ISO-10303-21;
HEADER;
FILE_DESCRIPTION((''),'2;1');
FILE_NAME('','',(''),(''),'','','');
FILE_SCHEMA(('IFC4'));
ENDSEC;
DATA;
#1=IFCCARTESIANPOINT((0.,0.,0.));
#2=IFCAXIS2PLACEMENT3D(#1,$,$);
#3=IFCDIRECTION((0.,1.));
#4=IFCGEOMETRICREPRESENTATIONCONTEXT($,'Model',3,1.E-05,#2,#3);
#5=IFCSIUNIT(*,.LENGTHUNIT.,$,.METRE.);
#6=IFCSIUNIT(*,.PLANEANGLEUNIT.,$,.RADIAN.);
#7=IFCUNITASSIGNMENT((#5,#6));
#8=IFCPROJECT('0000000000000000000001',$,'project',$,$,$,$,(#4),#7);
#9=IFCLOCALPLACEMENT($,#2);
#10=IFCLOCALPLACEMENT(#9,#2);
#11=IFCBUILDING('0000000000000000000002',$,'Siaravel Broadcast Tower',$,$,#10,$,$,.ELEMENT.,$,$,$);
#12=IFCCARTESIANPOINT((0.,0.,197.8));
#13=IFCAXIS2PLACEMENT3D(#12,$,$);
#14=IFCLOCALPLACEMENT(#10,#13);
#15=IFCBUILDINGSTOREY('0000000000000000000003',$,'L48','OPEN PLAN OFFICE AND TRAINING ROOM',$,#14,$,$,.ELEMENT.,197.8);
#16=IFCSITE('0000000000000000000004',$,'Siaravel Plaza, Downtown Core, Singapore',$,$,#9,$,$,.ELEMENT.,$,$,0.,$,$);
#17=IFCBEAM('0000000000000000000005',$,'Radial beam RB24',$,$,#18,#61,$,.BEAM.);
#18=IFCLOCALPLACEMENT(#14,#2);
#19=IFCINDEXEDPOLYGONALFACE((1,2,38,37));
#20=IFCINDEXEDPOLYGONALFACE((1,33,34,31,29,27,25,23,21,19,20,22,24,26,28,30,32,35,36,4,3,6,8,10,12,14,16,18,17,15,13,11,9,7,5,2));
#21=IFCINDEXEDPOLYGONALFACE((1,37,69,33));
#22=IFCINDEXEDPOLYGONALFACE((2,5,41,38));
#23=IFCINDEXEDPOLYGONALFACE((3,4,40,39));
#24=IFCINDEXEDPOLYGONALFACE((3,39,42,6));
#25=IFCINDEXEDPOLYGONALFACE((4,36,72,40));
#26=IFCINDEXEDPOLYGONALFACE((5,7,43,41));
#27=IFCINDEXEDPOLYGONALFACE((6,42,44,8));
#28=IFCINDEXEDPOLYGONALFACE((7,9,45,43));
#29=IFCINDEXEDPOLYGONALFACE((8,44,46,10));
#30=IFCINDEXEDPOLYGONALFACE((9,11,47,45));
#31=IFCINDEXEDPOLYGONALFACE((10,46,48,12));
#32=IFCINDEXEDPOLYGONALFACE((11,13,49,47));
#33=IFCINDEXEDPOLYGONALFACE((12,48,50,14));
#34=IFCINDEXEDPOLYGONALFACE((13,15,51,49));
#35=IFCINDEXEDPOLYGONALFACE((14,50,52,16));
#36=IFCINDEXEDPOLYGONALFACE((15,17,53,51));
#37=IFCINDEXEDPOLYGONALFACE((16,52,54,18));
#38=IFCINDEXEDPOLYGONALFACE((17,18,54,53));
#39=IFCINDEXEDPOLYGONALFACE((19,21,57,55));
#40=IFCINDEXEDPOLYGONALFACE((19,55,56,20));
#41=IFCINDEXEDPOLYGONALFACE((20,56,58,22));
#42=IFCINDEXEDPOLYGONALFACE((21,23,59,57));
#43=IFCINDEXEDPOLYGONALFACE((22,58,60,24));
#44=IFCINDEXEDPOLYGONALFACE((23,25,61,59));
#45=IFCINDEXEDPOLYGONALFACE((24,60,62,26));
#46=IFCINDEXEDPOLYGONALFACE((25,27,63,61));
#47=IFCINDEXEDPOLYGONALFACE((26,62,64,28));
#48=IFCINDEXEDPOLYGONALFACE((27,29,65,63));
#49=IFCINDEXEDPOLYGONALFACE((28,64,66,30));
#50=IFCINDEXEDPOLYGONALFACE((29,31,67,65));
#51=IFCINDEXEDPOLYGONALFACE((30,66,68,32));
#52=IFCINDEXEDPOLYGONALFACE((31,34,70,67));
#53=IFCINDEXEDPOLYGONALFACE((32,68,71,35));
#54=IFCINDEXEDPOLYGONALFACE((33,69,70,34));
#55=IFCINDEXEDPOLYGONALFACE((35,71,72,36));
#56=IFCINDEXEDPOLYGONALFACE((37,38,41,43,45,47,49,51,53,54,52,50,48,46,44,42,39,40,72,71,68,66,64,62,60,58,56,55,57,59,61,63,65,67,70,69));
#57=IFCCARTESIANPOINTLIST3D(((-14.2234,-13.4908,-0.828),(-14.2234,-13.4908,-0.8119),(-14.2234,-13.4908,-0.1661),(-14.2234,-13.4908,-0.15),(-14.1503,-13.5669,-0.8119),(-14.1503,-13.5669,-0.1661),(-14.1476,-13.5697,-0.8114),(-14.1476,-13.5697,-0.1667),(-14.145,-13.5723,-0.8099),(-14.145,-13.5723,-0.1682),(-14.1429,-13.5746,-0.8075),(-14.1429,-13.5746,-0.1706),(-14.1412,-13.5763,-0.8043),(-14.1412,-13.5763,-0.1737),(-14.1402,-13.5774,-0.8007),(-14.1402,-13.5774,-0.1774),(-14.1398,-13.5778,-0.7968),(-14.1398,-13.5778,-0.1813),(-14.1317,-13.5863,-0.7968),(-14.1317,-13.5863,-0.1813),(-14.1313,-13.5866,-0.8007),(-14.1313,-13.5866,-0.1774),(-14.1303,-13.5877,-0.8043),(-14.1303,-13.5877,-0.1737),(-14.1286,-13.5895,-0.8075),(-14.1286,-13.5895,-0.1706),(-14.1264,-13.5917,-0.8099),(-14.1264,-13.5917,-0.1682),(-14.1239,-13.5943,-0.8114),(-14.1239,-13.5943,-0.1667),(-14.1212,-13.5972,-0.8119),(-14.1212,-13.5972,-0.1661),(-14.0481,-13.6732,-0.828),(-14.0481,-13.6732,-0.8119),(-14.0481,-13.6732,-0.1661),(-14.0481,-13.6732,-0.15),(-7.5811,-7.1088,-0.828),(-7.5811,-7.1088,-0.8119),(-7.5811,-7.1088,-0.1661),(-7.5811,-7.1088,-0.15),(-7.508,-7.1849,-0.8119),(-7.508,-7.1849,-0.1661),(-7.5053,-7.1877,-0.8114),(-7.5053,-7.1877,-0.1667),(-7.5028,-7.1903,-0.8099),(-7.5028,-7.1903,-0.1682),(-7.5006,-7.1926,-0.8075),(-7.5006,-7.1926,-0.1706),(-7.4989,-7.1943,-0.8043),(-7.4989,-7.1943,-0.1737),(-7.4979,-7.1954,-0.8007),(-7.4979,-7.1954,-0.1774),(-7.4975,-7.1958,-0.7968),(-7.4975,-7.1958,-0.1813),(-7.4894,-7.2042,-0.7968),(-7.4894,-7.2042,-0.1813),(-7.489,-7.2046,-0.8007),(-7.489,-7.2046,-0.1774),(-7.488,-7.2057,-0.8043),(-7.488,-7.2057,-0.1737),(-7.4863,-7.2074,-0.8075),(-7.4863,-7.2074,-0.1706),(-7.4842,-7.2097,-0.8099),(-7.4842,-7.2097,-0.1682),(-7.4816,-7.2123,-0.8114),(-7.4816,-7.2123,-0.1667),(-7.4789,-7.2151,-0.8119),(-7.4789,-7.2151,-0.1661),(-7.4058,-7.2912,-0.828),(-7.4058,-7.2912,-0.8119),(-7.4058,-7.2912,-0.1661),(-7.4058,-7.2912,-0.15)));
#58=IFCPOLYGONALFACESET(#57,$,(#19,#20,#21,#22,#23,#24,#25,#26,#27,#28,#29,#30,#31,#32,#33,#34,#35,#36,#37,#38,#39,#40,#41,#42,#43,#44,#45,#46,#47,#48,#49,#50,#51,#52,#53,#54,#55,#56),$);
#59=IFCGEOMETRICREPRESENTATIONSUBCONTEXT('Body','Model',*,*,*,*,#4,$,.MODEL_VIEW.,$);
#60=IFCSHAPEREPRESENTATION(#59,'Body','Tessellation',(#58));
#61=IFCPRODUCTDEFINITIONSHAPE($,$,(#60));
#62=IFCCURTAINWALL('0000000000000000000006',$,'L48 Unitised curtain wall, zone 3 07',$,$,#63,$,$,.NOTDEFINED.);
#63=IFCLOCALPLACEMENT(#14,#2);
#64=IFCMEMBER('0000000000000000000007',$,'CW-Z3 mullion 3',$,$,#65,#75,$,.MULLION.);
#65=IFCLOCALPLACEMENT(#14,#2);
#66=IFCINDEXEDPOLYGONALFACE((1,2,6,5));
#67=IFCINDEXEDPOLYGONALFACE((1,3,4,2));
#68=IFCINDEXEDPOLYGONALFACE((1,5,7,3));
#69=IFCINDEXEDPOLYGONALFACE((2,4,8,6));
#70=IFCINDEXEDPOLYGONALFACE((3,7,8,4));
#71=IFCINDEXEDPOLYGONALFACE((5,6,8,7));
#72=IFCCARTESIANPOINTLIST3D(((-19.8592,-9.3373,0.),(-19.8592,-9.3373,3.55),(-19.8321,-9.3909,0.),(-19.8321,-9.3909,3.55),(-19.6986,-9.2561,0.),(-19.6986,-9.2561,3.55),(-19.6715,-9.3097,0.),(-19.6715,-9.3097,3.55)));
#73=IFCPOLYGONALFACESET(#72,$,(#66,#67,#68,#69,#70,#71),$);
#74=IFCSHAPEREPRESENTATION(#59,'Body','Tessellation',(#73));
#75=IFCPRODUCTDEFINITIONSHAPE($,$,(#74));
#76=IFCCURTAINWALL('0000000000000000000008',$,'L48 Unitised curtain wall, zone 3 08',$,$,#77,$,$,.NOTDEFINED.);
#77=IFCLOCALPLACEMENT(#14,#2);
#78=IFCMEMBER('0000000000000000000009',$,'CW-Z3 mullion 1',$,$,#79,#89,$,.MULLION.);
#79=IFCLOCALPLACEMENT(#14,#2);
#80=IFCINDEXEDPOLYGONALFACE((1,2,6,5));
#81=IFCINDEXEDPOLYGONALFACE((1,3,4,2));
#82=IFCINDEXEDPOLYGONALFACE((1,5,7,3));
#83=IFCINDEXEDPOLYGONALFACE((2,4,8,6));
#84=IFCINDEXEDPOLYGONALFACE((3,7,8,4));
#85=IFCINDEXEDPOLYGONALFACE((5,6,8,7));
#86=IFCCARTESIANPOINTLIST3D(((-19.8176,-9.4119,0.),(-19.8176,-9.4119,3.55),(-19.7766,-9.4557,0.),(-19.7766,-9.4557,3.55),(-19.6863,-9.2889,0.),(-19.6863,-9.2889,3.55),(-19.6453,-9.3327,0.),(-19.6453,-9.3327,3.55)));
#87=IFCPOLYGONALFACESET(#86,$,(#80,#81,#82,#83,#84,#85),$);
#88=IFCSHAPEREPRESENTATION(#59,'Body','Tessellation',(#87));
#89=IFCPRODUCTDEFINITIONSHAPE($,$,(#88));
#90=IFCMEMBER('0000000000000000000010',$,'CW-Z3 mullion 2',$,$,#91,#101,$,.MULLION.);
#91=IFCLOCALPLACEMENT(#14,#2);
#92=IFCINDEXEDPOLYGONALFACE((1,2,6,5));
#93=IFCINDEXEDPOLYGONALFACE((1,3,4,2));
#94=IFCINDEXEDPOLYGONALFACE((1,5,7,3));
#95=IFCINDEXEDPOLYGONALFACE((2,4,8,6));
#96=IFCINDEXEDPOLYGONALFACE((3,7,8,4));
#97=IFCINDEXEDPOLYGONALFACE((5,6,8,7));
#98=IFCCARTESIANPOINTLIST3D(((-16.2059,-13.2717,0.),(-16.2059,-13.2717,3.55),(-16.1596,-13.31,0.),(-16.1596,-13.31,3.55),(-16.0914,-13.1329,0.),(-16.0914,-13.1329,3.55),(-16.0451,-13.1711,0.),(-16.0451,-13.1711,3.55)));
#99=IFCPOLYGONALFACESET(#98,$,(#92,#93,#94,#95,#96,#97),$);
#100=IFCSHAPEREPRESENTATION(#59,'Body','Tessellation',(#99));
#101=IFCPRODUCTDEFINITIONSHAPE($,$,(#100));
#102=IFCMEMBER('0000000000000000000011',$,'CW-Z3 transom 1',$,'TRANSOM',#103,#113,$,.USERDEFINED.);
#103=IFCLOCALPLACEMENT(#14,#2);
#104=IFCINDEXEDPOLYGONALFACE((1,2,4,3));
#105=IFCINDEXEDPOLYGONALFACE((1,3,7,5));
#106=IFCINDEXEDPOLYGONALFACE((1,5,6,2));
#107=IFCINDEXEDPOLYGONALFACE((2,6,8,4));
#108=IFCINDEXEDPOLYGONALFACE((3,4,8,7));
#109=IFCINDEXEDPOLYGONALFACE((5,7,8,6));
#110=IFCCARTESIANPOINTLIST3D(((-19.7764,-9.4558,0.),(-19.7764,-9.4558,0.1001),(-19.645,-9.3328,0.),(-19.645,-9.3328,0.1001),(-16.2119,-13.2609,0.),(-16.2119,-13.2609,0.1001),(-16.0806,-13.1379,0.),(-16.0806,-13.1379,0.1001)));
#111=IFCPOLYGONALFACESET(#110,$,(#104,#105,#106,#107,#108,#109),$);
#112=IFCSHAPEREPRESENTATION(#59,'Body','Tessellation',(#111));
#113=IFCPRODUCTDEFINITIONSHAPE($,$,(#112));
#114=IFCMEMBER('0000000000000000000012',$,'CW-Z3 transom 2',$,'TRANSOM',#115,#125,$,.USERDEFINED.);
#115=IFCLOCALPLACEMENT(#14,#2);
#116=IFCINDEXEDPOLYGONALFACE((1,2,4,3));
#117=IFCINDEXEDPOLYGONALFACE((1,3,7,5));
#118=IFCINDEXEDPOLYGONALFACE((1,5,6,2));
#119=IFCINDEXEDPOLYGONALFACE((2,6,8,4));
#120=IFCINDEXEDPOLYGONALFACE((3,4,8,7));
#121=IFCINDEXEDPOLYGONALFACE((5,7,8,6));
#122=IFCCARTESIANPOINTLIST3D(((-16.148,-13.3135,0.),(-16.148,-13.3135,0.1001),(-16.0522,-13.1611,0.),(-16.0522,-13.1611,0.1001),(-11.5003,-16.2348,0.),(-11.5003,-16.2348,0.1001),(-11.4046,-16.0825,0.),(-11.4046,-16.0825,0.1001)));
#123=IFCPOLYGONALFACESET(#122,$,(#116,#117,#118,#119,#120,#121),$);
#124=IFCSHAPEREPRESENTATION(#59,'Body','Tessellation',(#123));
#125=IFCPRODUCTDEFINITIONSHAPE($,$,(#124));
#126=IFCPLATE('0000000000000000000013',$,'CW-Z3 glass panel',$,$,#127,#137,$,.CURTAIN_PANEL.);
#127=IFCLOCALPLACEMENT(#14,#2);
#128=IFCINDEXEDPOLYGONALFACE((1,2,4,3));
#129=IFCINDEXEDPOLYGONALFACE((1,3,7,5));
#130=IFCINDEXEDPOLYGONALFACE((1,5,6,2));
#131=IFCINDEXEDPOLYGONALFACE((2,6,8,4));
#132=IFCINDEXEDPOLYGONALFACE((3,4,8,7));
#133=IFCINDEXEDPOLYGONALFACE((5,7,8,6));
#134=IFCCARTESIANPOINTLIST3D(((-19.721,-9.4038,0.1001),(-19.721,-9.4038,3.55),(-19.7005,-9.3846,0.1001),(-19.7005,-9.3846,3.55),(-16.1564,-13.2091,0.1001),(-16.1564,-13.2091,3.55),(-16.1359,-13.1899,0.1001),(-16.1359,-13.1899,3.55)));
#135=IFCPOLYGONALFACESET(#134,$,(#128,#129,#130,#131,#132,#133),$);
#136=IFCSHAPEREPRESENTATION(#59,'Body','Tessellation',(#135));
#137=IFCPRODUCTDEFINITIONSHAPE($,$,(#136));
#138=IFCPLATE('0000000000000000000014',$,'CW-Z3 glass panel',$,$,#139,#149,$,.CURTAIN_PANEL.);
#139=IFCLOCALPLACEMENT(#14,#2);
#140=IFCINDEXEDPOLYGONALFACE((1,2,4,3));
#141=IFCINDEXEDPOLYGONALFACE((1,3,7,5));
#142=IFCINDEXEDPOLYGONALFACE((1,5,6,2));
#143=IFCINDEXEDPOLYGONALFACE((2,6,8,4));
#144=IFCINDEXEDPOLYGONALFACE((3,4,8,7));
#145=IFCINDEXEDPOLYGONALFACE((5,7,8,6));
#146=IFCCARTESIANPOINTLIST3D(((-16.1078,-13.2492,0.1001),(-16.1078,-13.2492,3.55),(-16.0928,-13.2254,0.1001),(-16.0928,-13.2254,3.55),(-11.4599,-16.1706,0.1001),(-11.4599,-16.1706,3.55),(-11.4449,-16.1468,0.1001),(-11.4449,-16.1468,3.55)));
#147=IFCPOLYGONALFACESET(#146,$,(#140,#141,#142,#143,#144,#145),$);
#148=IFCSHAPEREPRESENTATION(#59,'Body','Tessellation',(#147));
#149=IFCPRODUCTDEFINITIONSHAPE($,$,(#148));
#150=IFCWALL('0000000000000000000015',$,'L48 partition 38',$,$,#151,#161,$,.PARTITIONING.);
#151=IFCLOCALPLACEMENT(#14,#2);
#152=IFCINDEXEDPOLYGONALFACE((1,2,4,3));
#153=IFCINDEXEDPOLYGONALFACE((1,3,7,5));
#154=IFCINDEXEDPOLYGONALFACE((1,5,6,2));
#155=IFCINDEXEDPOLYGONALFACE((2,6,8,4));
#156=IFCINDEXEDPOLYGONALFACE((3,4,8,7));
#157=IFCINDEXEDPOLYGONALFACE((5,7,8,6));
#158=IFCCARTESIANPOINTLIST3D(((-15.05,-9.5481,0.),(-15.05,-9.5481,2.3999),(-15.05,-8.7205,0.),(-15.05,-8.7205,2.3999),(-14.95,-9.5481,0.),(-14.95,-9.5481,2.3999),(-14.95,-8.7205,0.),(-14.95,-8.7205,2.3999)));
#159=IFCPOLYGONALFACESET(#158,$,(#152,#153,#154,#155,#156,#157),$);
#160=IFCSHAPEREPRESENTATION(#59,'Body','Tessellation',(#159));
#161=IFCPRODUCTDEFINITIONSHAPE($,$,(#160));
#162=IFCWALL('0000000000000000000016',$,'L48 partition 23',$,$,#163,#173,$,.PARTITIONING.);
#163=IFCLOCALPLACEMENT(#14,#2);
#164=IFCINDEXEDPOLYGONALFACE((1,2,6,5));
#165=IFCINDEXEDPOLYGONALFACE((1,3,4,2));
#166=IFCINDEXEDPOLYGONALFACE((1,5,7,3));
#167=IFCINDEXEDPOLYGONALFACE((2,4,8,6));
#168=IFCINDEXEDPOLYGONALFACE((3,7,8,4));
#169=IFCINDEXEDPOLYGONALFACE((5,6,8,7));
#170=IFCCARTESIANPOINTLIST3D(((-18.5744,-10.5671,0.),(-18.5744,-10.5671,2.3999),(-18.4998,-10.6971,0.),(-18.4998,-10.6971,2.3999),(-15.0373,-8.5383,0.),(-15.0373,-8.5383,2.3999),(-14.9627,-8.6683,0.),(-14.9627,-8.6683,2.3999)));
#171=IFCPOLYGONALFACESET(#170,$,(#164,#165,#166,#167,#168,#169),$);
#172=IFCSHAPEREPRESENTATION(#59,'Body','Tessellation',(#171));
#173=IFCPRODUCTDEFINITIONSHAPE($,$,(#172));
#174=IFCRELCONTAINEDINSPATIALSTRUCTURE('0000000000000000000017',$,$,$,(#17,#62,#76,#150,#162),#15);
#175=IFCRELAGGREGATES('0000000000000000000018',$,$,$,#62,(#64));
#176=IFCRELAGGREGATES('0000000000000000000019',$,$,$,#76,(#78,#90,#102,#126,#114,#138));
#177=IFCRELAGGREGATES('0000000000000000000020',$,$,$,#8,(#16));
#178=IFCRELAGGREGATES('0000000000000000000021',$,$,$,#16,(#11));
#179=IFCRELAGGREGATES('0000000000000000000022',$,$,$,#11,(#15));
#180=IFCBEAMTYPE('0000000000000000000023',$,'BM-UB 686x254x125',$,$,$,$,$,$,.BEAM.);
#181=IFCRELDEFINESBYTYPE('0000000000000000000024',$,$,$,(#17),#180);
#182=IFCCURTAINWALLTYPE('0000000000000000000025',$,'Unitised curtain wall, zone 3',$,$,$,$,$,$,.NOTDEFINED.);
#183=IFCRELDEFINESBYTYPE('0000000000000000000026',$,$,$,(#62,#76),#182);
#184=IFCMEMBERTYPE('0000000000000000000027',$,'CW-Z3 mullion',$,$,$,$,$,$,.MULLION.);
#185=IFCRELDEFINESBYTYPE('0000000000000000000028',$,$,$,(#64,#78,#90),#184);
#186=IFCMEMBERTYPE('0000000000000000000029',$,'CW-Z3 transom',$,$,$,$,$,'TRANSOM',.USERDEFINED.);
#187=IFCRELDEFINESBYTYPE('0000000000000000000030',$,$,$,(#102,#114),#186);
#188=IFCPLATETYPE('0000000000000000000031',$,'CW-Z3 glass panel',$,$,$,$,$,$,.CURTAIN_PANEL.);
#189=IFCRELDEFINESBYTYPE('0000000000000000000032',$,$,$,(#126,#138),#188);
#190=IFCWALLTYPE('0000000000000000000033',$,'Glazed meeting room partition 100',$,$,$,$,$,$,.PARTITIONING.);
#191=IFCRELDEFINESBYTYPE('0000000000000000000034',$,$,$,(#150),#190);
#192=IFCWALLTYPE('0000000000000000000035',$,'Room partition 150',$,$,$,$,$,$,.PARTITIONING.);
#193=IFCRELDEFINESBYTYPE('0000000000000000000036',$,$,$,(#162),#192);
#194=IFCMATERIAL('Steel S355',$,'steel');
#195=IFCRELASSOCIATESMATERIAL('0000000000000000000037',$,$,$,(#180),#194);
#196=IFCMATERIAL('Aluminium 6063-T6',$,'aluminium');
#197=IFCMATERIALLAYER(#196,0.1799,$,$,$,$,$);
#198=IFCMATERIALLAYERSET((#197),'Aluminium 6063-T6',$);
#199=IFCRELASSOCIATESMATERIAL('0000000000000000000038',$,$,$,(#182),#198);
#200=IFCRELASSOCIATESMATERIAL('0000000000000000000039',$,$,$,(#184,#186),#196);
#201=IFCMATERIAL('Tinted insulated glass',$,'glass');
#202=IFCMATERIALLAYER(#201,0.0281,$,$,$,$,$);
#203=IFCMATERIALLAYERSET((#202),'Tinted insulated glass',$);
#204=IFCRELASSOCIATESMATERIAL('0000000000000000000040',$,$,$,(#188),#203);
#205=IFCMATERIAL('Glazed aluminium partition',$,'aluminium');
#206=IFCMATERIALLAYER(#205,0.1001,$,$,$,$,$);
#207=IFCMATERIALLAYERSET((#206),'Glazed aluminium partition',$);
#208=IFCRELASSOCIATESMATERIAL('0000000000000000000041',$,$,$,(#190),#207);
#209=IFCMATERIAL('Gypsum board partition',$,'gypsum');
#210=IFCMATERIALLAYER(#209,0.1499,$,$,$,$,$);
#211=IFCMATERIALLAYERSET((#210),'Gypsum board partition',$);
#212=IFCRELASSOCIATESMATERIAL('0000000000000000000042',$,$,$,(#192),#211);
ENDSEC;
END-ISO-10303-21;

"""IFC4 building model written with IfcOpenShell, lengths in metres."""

from ifc_helpers import new_model, si_unit, direction, frame, frame_2d, origin, origin_2d, place, context, subcontext, project, spatial, rectangle, i_section, extrude, material, layer, layer_set, material_profile, profile_set, type_object, element, aggregate, save


model = new_model("IFC4")

# Units and contexts
model_context = context("Model", 3, precision=1e-05, world=origin(), true_north=direction((0.0, 1.0)))
body_context = subcontext(model_context, "Body", "Model", "MODEL_VIEW")
ifc_project = project(units=[si_unit("LENGTHUNIT", "METRE"), si_unit("PLANEANGLEUNIT", "RADIAN")], contexts=[model_context])

# Site, building, storey
site_placement = place(None, origin())
site = spatial("IfcSite", under=ifc_project, at=site_placement, Name="Siaravel Plaza, Downtown Core, Singapore", CompositionType="ELEMENT", RefElevation=0.0)
building_placement = place(site_placement, origin())
building = spatial("IfcBuilding", under=site, at=building_placement, Name="Siaravel Broadcast Tower", CompositionType="ELEMENT")
storey_placement = place(building_placement, frame((0.0, 0.0, 197.8)))
storey = spatial("IfcBuildingStorey", under=building, at=storey_placement, Name="L48", Description="OPEN PLAN OFFICE AND TRAINING ROOM", CompositionType="ELEMENT", Elevation=197.8)

# Beam
ifc_material_1 = material(Name="Steel S355", Category="steel")
ifc_material_profile_1 = material_profile(ifc_material_1, i_section(OverallWidth=0.2529, OverallDepth=0.678, WebThickness=0.0117, FlangeThickness=0.0161, FilletRadius=0.0151, at=origin_2d()))
ifc_profile_set_1 = profile_set([ifc_material_profile_1], Name="Steel S355")
beam_type = type_object("IfcBeamType", Name="BM-UB 686x254x125", PredefinedType="BEAM", material=ifc_profile_set_1)
beam_1_placement = place(storey_placement, frame((-14.1357, -13.582, -0.489), z_axis=(0.721092, 0.692839, 0.0), x_axis=(-0.692839, 0.721092, 0.0)))
element("IfcBeam", 1, at=beam_1_placement, inside=storey, type_object=beam_type, Name="Radial beam RB24", PredefinedType="BEAM", context=body_context, shape_type="SweptSolid", body=[
    extrude(i_section(OverallWidth=0.2529, OverallDepth=0.678, WebThickness=0.0117, FlangeThickness=0.0161, FilletRadius=0.0151, at=origin_2d()), origin(), (0.0, 0.0, 1.0), 9.2114),
])

# Curtain wall, member
ifc_material_2 = material(Name="Aluminium 6063-T6", Category="aluminium")
ifc_layer_1 = layer(ifc_material_2, 0.1799)
ifc_layer_set_1 = layer_set([ifc_layer_1], Name="Aluminium 6063-T6")
curtain_wall_type = type_object("IfcCurtainWallType", Name="Unitised curtain wall, zone 3", PredefinedType="NOTDEFINED", material=ifc_layer_set_1)
curtain_wall_1_placement = place(storey_placement, origin())
curtain_wall_1 = element("IfcCurtainWall", 2, at=curtain_wall_1_placement, inside=storey, type_object=curtain_wall_type, Name="L48 Unitised curtain wall, zone 3 07", PredefinedType="NOTDEFINED")
ifc_material_profile_2 = material_profile(ifc_material_2, rectangle(XDim=0.1799, YDim=0.0601, at=origin_2d()))
ifc_profile_set_2 = profile_set([ifc_material_profile_2], Name="Aluminium 6063-T6")
member_type_1 = type_object("IfcMemberType", Name="CW-Z3 mullion", PredefinedType="MULLION", material=ifc_profile_set_2)
member_1_placement = place(storey_placement, frame((-19.7654, -9.3235, 0.0), z_axis=(0.0, 0.0, 1.0), x_axis=(0.892392, 0.451261, 0.0)))
member_1 = element("IfcMember", 3, at=member_1_placement, type_object=member_type_1, Name="CW-Z3 mullion 3", PredefinedType="MULLION", context=body_context, shape_type="SweptSolid", body=[
    extrude(rectangle(XDim=0.1799, YDim=0.0601, at=origin_2d()), origin(), (0.0, 0.0, 1.0), 3.55),
])
aggregate(curtain_wall_1, [member_1])

# Curtain wall, members, plates
curtain_wall_2_placement = place(storey_placement, origin())
curtain_wall_2 = element("IfcCurtainWall", 4, at=curtain_wall_2_placement, inside=storey, type_object=curtain_wall_type, Name="L48 Unitised curtain wall, zone 3 08", PredefinedType="NOTDEFINED")
member_2_placement = place(storey_placement, frame((-19.7314, -9.3723, 0.0), z_axis=(0.0, 0.0, 1.0), x_axis=(0.729805, 0.683655, 0.0)))
member_2 = element("IfcMember", 5, at=member_2_placement, type_object=member_type_1, Name="CW-Z3 mullion 1", PredefinedType="MULLION", context=body_context, shape_type="SweptSolid", body=[
    extrude(rectangle(XDim=0.1799, YDim=0.0601, at=origin_2d()), origin(), (0.0, 0.0, 1.0), 3.55),
])
member_3_placement = place(storey_placement, frame((-16.1255, -13.2214, 0.0), z_axis=(0.0, 0.0, 1.0), x_axis=(0.636219, 0.771509, 0.0)))
member_3 = element("IfcMember", 6, at=member_3_placement, type_object=member_type_1, Name="CW-Z3 mullion 2", PredefinedType="MULLION", context=body_context, shape_type="SweptSolid", body=[
    extrude(rectangle(XDim=0.1799, YDim=0.0601, at=origin_2d()), origin(), (0.0, 0.0, 1.0), 3.55),
])
ifc_material_profile_3 = material_profile(ifc_material_2, rectangle(XDim=0.1799, YDim=0.1001, at=origin_2d()))
ifc_profile_set_3 = profile_set([ifc_material_profile_3], Name="Aluminium 6063-T6")
member_type_2 = type_object("IfcMemberType", Name="CW-Z3 transom", ElementType="TRANSOM", PredefinedType="USERDEFINED", material=ifc_profile_set_3)
member_4_placement = place(storey_placement, frame((-19.7107, -9.3943, 0.05), z_axis=(0.683645, -0.729815, 0.0), x_axis=(0.729815, 0.683645, 0.0)))
member_4 = element("IfcMember", 7, at=member_4_placement, type_object=member_type_2, Name="CW-Z3 transom 1", ObjectType="TRANSOM", PredefinedType="USERDEFINED", context=body_context, shape_type="SweptSolid", body=[
    extrude(rectangle(XDim=0.1799, YDim=0.1001, at=origin_2d()), origin(), (0.0, 0.0, 1.0), 5.2139),
])
member_5_placement = place(storey_placement, frame((-16.1001, -13.2373, 0.05), z_axis=(0.846639, -0.532168, 0.0), x_axis=(0.532168, 0.846639, 0.0)))
member_5 = element("IfcMember", 8, at=member_5_placement, type_object=member_type_2, Name="CW-Z3 transom 2", ObjectType="TRANSOM", PredefinedType="USERDEFINED", context=body_context, shape_type="SweptSolid", body=[
    extrude(rectangle(XDim=0.1799, YDim=0.1001, at=origin_2d()), origin(), (0.0, 0.0, 1.0), 5.4895),
])
ifc_material_3 = material(Name="Tinted insulated glass", Category="glass")
ifc_layer_2 = layer(ifc_material_3, 0.0281)
ifc_layer_set_2 = layer_set([ifc_layer_2], Name="Tinted insulated glass")
plate_type = type_object("IfcPlateType", Name="CW-Z3 glass panel", PredefinedType="CURTAIN_PANEL", material=ifc_layer_set_2)
plate_1_placement = place(storey_placement, frame((-17.9285, -11.2969, 0.1001), z_axis=(0.0, 0.0, 1.0), x_axis=(0.683655, -0.729805, 0.0)))
plate_1 = element("IfcPlate", 9, at=plate_1_placement, type_object=plate_type, Name="CW-Z3 glass panel", PredefinedType="CURTAIN_PANEL", context=body_context, shape_type="SweptSolid", body=[
    extrude(rectangle(XDim=5.2141, YDim=0.0281, at=origin_2d()), origin(), (0.0, 0.0, 1.0), 3.45),
])
plate_2_placement = place(storey_placement, frame((-13.7764, -14.698, 0.1001), z_axis=(0.0, 0.0, 1.0), x_axis=(0.846651, -0.532149, 0.0)))
plate_2 = element("IfcPlate", 10, at=plate_2_placement, type_object=plate_type, Name="CW-Z3 glass panel", PredefinedType="CURTAIN_PANEL", context=body_context, shape_type="SweptSolid", body=[
    extrude(rectangle(XDim=5.4897, YDim=0.0281, at=origin_2d()), origin(), (0.0, 0.0, 1.0), 3.45),
])
aggregate(curtain_wall_2, [member_2, member_3, member_4, plate_1, member_5, plate_2])

# Shared definitions
ifc_material_4 = material(Name="Glazed aluminium partition", Category="aluminium")
ifc_layer_3 = layer(ifc_material_4, 0.1001)
ifc_layer_set_3 = layer_set([ifc_layer_3], Name="Glazed aluminium partition")
wall_type_1 = type_object("IfcWallType", Name="Glazed meeting room partition 100", PredefinedType="PARTITIONING", material=ifc_layer_set_3)

# Walls
wall_1_placement = place(storey_placement, frame((-15.0, -8.7205, 0.0), z_axis=(0.0, 0.0, 1.0), x_axis=(0.0, -1.0, 0.0)))
element("IfcWall", 11, at=wall_1_placement, inside=storey, type_object=wall_type_1, Name="L48 partition 38", PredefinedType="PARTITIONING", context=body_context, shape_type="SweptSolid", body=[
    extrude(rectangle(XDim=0.8276, YDim=0.1001, at=frame_2d((0.4138, 0.0))), origin(), (0.0, 0.0, 1.0), 2.3999),
])
ifc_material_5 = material(Name="Gypsum board partition", Category="gypsum")
ifc_layer_4 = layer(ifc_material_5, 0.1499)
ifc_layer_set_4 = layer_set([ifc_layer_4], Name="Gypsum board partition")
wall_type_2 = type_object("IfcWallType", Name="Room partition 150", PredefinedType="PARTITIONING", material=ifc_layer_set_4)
wall_2_placement = place(storey_placement, frame((-18.5371, -10.6321, 0.0), z_axis=(0.0, 0.0, 1.0), x_axis=(0.867439, 0.497544, 0.0)))
element("IfcWall", 12, at=wall_2_placement, inside=storey, type_object=wall_type_2, Name="L48 partition 23", PredefinedType="PARTITIONING", context=body_context, shape_type="SweptSolid", body=[
    extrude(rectangle(XDim=4.0776, YDim=0.1499, at=frame_2d((2.0388, 0.0))), origin(), (0.0, 0.0, 1.0), 2.3999),
])

save(model, "model.ifc")
